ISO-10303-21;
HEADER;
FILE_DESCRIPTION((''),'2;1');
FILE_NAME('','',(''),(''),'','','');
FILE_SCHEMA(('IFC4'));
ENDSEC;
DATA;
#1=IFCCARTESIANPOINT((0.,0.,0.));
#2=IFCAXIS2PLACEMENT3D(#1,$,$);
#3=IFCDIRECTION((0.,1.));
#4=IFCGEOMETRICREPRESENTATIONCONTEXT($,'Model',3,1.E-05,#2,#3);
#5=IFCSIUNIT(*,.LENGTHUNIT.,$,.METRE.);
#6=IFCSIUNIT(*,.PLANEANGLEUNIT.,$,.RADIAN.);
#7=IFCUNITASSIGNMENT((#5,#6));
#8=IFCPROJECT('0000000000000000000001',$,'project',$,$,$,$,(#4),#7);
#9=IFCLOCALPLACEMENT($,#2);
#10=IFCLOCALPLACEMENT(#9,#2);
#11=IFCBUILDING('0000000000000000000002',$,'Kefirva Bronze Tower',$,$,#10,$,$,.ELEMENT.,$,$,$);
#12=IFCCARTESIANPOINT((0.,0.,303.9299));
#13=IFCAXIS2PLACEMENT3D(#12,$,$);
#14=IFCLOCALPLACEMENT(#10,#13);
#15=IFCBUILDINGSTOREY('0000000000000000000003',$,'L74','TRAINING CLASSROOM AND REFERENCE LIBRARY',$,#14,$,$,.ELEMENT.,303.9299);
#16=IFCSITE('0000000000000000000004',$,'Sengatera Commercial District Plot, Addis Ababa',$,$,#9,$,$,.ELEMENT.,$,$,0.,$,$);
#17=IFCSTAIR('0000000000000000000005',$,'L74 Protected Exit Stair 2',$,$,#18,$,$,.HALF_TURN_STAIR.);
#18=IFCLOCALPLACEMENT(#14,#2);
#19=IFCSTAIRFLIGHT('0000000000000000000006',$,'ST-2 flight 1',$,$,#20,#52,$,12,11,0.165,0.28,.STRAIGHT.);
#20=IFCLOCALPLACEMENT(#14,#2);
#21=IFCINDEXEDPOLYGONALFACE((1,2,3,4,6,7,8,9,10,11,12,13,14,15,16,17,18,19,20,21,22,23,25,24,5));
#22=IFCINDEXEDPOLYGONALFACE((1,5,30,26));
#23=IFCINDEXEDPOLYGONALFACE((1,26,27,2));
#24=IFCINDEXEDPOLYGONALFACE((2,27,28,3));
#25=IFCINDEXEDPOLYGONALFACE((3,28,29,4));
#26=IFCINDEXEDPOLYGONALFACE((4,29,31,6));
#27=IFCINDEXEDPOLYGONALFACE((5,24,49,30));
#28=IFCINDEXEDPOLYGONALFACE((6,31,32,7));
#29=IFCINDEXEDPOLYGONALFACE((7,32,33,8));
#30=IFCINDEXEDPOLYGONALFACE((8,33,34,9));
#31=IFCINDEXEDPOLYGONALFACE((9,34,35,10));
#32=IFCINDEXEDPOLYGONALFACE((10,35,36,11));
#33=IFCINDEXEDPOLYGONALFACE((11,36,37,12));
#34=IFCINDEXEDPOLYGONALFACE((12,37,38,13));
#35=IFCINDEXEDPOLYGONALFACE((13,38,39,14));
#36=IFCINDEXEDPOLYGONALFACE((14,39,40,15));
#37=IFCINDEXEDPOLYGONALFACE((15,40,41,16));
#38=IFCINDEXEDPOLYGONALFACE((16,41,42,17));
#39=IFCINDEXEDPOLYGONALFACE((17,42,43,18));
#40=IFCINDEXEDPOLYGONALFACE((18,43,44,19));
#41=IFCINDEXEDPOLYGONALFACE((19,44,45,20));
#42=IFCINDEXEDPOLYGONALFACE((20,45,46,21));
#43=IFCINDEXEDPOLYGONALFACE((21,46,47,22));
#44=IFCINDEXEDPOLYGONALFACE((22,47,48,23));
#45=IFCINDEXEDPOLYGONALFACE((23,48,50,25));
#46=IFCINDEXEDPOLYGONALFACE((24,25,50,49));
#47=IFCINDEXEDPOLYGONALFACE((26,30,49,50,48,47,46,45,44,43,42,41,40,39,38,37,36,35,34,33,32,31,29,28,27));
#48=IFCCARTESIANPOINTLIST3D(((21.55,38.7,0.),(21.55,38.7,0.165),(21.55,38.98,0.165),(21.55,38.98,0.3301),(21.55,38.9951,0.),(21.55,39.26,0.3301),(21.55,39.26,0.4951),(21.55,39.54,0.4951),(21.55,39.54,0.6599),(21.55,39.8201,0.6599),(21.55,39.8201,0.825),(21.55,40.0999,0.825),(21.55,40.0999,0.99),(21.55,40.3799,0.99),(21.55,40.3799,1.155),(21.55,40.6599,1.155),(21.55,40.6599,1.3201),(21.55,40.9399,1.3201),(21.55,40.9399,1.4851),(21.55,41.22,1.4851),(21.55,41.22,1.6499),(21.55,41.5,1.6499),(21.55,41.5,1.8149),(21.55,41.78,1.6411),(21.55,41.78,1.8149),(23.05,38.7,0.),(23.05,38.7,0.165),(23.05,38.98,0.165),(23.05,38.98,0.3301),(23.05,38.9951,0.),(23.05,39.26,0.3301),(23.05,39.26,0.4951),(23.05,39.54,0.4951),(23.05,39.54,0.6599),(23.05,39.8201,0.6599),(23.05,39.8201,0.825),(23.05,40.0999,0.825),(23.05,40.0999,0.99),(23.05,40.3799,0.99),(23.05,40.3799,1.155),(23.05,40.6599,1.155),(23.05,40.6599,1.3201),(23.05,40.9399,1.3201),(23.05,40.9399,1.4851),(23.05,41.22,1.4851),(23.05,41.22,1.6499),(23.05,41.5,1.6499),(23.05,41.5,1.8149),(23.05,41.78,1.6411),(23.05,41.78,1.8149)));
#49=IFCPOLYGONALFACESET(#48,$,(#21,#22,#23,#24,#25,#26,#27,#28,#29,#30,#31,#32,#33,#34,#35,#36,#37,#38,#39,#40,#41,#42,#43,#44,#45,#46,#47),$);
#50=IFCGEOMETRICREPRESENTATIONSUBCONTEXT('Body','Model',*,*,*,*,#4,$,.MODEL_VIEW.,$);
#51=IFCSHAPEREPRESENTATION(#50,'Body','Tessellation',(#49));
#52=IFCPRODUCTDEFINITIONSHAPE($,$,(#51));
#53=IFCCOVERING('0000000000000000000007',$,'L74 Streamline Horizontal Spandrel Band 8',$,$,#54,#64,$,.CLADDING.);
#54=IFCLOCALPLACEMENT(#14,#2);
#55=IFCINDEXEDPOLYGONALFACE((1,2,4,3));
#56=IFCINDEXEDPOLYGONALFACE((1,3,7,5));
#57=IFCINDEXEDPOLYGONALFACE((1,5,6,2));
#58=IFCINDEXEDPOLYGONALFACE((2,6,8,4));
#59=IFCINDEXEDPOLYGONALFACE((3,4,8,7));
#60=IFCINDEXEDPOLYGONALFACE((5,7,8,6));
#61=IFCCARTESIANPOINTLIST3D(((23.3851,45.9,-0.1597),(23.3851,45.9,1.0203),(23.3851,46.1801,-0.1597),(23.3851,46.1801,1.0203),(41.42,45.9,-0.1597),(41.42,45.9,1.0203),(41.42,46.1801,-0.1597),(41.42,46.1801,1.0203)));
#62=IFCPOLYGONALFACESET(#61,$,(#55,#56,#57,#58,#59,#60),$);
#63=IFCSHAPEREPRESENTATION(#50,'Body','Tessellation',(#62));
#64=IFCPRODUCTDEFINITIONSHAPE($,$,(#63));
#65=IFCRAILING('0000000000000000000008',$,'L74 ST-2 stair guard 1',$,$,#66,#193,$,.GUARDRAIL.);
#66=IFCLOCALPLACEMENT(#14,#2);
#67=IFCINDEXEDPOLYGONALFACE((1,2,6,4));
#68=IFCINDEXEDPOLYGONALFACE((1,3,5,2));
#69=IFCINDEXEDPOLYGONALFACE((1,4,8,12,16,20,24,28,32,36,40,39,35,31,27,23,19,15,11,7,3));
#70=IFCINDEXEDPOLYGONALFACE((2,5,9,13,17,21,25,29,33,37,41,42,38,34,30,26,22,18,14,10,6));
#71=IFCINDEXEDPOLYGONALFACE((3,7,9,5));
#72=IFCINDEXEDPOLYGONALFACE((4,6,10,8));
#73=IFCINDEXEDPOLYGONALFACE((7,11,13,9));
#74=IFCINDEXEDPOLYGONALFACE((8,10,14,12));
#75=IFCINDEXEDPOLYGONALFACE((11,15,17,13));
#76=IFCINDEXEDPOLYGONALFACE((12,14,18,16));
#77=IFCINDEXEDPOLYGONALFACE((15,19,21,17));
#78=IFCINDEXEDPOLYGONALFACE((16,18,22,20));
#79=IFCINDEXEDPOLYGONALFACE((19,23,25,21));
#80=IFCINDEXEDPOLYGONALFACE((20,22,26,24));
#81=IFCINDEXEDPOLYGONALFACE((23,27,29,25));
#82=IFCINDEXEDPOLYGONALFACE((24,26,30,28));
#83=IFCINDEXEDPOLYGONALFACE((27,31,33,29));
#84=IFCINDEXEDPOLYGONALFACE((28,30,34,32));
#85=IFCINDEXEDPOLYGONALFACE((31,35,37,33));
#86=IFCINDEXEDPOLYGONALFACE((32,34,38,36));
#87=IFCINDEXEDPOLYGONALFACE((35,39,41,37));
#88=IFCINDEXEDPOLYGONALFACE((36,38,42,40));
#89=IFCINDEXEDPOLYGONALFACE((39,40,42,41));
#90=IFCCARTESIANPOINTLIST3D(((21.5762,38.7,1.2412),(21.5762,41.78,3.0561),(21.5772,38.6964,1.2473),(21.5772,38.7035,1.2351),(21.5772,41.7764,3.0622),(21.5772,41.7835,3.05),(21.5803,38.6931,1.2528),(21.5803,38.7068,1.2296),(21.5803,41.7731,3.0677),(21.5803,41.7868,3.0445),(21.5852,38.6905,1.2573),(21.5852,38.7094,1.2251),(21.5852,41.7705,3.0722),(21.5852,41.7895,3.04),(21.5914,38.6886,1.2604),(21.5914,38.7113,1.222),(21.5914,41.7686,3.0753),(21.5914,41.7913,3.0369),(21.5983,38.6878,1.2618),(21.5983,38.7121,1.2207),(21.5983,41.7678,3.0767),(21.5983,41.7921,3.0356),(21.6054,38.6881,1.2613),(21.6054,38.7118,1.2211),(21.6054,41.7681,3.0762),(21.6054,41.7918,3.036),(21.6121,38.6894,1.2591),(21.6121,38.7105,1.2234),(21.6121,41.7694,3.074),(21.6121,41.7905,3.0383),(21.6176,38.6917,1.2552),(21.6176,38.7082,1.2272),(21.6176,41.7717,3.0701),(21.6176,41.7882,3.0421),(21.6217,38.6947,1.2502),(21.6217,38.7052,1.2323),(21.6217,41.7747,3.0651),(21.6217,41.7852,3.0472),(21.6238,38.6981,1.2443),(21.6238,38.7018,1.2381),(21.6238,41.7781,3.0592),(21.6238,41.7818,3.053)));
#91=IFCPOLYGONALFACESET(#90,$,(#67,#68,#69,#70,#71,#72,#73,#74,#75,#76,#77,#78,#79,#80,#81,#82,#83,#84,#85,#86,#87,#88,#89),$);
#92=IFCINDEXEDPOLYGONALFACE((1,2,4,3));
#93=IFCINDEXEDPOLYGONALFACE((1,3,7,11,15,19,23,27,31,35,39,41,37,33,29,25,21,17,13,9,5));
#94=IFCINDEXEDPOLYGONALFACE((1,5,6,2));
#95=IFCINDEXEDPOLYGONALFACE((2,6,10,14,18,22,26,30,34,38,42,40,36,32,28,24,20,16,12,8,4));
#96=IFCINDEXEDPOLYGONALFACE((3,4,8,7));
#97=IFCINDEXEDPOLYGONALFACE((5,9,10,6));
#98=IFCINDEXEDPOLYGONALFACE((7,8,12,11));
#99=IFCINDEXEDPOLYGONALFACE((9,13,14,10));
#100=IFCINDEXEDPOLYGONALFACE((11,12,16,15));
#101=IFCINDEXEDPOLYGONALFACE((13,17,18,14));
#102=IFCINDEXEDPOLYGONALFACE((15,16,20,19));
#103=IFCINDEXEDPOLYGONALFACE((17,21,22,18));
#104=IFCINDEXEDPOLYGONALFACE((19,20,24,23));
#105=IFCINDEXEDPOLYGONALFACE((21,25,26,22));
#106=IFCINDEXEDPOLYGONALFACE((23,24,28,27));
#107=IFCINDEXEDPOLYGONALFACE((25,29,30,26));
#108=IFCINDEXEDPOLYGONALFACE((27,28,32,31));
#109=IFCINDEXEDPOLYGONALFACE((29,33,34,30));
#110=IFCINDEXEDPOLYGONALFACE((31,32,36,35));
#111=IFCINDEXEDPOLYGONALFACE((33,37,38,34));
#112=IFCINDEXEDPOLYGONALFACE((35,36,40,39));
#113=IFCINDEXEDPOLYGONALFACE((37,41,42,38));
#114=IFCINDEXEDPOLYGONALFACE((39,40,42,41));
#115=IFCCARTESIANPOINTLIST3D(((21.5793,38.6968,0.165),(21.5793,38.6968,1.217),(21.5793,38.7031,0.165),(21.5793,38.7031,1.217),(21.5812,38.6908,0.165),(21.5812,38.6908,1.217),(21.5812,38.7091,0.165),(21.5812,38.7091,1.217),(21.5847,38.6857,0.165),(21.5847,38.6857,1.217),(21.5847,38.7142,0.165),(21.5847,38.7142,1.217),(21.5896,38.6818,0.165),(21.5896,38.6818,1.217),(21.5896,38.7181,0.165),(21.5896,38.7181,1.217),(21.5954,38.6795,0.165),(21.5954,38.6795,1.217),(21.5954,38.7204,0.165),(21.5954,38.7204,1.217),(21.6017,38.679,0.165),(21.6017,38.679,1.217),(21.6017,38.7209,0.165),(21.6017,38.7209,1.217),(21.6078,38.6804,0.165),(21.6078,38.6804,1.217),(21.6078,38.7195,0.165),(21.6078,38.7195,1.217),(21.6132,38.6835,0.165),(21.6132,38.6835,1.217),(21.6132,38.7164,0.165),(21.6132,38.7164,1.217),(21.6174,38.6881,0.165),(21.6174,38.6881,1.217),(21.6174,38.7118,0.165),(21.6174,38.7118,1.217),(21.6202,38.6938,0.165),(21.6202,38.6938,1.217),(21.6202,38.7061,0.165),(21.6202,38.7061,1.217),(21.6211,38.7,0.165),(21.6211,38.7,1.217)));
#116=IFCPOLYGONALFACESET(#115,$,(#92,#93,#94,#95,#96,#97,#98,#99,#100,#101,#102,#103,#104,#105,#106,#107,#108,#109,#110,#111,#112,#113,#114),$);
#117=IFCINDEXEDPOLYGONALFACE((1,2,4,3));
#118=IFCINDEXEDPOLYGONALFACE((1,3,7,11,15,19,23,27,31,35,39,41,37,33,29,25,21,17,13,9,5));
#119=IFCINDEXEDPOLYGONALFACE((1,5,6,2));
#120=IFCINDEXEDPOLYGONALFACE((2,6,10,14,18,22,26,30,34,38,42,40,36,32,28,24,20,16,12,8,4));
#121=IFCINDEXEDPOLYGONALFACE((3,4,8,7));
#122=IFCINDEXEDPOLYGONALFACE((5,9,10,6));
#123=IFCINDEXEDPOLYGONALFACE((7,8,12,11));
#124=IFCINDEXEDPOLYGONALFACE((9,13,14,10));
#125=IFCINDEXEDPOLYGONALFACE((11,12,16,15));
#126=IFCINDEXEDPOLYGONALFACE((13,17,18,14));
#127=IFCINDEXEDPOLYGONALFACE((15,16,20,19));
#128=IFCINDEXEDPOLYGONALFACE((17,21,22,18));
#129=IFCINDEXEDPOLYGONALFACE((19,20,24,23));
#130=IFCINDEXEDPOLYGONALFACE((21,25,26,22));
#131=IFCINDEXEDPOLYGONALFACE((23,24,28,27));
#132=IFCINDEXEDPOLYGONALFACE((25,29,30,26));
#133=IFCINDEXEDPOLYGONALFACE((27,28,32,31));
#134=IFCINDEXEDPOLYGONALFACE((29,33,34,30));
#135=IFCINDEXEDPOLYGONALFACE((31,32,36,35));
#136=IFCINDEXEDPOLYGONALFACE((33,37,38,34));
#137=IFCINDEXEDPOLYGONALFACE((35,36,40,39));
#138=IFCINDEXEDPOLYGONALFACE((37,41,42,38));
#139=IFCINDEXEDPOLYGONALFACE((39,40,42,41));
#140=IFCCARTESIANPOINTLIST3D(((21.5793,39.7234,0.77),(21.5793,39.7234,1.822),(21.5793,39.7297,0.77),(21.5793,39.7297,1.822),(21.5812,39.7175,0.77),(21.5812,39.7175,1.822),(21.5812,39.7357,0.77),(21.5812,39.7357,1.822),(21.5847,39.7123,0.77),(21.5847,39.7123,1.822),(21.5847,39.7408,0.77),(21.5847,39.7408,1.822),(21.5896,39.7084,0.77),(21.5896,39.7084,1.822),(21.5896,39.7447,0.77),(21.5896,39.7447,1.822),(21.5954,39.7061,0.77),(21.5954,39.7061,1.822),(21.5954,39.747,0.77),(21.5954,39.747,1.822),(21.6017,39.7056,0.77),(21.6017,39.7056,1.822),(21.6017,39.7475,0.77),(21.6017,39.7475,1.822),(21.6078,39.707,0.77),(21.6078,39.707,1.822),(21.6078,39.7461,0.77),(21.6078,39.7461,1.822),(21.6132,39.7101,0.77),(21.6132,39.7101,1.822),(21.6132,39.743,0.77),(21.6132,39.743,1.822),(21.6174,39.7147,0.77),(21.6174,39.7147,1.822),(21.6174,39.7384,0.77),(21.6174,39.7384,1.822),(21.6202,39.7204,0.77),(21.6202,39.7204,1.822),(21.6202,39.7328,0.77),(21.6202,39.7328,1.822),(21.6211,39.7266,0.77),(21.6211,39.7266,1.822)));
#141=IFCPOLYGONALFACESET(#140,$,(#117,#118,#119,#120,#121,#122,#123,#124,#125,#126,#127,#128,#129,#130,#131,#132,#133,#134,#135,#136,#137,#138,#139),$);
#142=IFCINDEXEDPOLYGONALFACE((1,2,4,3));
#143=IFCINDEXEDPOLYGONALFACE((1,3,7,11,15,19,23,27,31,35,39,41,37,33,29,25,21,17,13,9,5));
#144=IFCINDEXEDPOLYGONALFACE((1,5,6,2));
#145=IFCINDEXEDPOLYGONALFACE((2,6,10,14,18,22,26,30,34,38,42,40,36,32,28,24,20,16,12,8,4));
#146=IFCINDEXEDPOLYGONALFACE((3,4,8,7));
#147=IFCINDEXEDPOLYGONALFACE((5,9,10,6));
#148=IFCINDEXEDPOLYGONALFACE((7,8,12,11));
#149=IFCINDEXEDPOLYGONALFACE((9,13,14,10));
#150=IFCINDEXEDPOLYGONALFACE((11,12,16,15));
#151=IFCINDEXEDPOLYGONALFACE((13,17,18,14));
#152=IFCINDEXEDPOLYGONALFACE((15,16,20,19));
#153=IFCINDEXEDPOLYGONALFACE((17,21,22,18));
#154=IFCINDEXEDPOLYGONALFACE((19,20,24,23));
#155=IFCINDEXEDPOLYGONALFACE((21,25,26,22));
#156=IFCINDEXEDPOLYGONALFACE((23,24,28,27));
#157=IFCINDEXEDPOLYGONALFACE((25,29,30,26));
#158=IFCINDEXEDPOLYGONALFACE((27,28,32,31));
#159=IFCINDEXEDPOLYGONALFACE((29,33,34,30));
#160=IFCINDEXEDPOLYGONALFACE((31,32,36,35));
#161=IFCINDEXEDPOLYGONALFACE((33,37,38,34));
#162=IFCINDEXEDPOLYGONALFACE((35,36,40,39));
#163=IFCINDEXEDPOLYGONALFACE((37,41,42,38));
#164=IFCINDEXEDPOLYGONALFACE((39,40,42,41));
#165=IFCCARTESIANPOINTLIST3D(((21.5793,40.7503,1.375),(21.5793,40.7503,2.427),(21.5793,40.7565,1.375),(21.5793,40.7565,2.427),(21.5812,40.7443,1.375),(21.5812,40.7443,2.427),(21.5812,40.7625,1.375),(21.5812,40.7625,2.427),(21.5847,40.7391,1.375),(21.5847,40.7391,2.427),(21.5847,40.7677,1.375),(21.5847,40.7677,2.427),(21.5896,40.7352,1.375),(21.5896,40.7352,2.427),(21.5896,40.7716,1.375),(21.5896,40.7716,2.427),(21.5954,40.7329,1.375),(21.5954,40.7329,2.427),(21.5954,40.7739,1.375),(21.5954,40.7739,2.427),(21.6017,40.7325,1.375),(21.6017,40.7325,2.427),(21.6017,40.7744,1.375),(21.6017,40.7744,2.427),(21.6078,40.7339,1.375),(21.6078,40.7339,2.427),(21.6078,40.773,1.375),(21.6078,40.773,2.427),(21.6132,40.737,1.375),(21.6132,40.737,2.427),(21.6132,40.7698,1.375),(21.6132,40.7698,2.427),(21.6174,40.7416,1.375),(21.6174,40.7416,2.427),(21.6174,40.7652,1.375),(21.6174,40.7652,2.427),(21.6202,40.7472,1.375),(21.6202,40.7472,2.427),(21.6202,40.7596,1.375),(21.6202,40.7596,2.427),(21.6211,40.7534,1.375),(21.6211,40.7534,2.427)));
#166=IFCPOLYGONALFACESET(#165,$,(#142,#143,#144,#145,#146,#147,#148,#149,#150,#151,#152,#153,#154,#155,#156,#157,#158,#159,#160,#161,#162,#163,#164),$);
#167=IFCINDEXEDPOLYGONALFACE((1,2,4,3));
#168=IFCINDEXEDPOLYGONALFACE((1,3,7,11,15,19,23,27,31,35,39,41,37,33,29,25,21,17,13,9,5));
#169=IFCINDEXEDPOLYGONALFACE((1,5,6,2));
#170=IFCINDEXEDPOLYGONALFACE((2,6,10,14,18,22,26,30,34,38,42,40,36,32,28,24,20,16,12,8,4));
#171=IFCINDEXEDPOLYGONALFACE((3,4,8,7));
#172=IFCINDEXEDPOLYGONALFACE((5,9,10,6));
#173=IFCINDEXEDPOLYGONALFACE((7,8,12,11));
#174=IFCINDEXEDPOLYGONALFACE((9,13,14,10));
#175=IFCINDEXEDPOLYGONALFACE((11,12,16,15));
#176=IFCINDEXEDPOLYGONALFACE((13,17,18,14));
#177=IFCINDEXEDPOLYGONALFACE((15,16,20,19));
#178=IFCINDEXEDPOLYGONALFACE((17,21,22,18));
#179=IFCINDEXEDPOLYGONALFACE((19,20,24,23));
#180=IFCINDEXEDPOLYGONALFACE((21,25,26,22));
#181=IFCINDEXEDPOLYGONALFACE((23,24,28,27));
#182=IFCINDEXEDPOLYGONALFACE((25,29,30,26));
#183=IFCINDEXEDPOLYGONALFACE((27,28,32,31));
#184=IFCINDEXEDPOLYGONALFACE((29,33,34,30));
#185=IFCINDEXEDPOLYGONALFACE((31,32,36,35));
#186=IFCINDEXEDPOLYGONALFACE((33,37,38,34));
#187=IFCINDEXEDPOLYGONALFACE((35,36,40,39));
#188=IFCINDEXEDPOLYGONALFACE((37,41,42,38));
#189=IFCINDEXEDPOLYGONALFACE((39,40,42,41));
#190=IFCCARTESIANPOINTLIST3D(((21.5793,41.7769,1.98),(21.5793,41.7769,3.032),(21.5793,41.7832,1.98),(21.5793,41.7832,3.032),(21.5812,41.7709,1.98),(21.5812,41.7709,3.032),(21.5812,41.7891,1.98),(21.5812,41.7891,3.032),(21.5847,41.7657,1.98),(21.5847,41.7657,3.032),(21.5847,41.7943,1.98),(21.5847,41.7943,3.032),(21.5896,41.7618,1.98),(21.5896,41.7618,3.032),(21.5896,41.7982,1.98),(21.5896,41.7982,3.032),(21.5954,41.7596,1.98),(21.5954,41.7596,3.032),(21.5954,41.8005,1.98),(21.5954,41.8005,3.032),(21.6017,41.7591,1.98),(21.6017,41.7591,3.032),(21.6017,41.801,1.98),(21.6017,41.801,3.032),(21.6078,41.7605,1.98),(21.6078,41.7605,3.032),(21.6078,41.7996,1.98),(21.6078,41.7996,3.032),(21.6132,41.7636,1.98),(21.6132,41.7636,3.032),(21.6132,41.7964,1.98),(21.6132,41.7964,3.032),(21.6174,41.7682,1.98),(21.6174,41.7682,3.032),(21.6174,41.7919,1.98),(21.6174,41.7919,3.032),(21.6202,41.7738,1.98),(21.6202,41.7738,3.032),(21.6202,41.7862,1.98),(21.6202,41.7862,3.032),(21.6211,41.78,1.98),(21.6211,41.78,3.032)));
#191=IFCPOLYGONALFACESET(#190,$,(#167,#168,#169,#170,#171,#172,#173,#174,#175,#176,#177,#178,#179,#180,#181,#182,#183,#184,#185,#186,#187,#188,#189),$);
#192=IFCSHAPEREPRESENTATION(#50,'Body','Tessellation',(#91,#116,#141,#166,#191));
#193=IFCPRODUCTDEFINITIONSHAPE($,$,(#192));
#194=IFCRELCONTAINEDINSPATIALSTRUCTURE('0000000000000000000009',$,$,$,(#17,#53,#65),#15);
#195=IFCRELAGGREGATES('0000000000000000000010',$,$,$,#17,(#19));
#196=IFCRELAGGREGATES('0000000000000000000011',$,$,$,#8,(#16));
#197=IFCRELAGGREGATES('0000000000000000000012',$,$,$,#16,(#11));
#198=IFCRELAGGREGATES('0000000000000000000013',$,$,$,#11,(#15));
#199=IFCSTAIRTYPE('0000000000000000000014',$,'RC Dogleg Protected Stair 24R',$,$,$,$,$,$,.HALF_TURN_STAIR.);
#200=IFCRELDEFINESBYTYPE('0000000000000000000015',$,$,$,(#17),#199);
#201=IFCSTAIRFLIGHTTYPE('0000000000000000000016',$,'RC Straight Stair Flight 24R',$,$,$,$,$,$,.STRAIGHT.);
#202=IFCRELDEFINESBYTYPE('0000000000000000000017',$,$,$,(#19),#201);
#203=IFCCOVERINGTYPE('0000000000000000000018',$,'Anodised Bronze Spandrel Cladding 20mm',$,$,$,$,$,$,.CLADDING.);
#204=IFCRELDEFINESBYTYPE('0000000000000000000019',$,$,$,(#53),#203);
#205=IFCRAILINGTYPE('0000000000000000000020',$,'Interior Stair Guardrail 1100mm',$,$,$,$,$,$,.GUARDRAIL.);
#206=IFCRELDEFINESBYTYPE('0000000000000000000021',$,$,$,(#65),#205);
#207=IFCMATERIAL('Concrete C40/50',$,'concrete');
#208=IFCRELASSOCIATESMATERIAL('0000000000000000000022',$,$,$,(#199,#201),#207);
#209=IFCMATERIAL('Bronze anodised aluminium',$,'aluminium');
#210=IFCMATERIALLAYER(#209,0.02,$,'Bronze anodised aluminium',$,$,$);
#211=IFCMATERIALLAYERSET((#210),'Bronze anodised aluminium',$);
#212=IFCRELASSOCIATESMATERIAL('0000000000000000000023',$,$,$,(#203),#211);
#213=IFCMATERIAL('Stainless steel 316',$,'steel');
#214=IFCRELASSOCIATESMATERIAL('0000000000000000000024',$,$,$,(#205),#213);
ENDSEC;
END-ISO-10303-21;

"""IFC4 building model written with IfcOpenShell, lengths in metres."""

from ifc_helpers import new_model, si_unit, direction, frame, origin, origin_2d, place, context, subcontext, project, spatial, polyline, rectangle, circle, outline, extrude, material, layer, layer_set, type_object, element, aggregate, save


model = new_model("IFC4")

# Units and contexts
model_context = context("Model", 3, precision=1e-05, world=origin(), true_north=direction((0.0, 1.0)))
body_context = subcontext(model_context, "Body", "Model", "MODEL_VIEW")
ifc_project = project(units=[si_unit("LENGTHUNIT", "METRE"), si_unit("PLANEANGLEUNIT", "RADIAN")], contexts=[model_context])

# Site, building, storey
site_placement = place(None, origin())
site = spatial("IfcSite", under=ifc_project, at=site_placement, Name="Sengatera Commercial District Plot, Addis Ababa", CompositionType="ELEMENT", RefElevation=0.0)
building_placement = place(site_placement, origin())
building = spatial("IfcBuilding", under=site, at=building_placement, Name="Kefirva Bronze Tower", CompositionType="ELEMENT")
storey_placement = place(building_placement, frame((0.0, 0.0, 303.9299)))
storey = spatial("IfcBuildingStorey", under=building, at=storey_placement, Name="L74", Description="TRAINING CLASSROOM AND REFERENCE LIBRARY", CompositionType="ELEMENT", Elevation=303.9299)

# Shared definitions
ifc_material_1 = material(Name="Bronze anodised aluminium", Category="aluminium")

# Stair, stair flight
ifc_material_2 = material(Name="Concrete C40/50", Category="concrete")
stair_type = type_object("IfcStairType", Name="RC Dogleg Protected Stair 24R", PredefinedType="HALF_TURN_STAIR", material=ifc_material_2)
stair_placement = place(storey_placement, origin())
stair = element("IfcStair", 1, at=stair_placement, inside=storey, type_object=stair_type, Name="L74 Protected Exit Stair 2", PredefinedType="HALF_TURN_STAIR")
stair_flight_type = type_object("IfcStairFlightType", Name="RC Straight Stair Flight 24R", PredefinedType="STRAIGHT", material=ifc_material_2)
stair_flight_placement = place(storey_placement, frame((22.3, 38.7, 0.0), z_axis=(0.0, 0.0, 1.0), x_axis=(0.0, 1.0, 0.0)))
stair_flight = element("IfcStairFlight", 2, at=stair_flight_placement, type_object=stair_flight_type, Name="ST-2 flight 1", NumberOfRisers=12, NumberOfTreads=11, PredefinedType="STRAIGHT", RiserHeight=0.165, TreadLength=0.28, context=body_context, shape_type="SweptSolid", body=[
    extrude(outline(polyline([(0.0, 0.0), (0.0, 0.165), (0.28, 0.165), (0.28, 0.3301), (0.5601, 0.3301), (0.5601, 0.4951), (0.8401, 0.4951), (0.8401, 0.6599), (1.1201, 0.6599), (1.1201, 0.825), (1.3999, 0.825), (1.3999, 0.99), (1.6799, 0.99), (1.6799, 1.155), (1.96, 1.155), (1.96, 1.3201), (2.24, 1.3201), (2.24, 1.4851), (2.52, 1.4851), (2.52, 1.6499), (2.8, 1.6499), (2.8, 1.8149), (3.0801, 1.8149), (3.0801, 1.98), (3.0801, 1.6411), (0.2952, 0.0), (0.0, 0.0)])), frame((0.0, 0.75, 0.0), z_axis=(0.0, -1.0, 0.0), x_axis=(1.0, 0.0, 0.0)), (0.0, 0.0, 1.0), 1.5),
])
aggregate(stair, [stair_flight])

# Covering
ifc_layer_1 = layer(ifc_material_1, 0.02, Name="Bronze anodised aluminium")
ifc_layer_set_1 = layer_set([ifc_layer_1], Name="Bronze anodised aluminium")
covering_type_1 = type_object("IfcCoveringType", Name="Anodised Bronze Spandrel Cladding 20mm", PredefinedType="CLADDING", material=ifc_layer_set_1)
covering_1_placement = place(storey_placement, frame((32.4026, 46.04, -0.1597), z_axis=(0.0, 0.0, 1.0), x_axis=(-1.0, 0.0, 0.0)))
element("IfcCovering", 3, at=covering_1_placement, inside=storey, type_object=covering_type_1, Name="L74 Streamline Horizontal Spandrel Band 8", PredefinedType="CLADDING", context=body_context, shape_type="SweptSolid", body=[
    extrude(rectangle(XDim=18.0349, YDim=0.28, at=origin_2d()), origin(), (0.0, 0.0, 1.0), 1.1799),
])

# Railing
ifc_material_3 = material(Name="Stainless steel 316", Category="steel")
railing_type_1 = type_object("IfcRailingType", Name="Interior Stair Guardrail 1100mm", PredefinedType="GUARDRAIL", material=ifc_material_3)
railing_1_placement = place(storey_placement, frame((21.6001, 38.7, 0.165)))
element("IfcRailing", 4, at=railing_1_placement, inside=storey, type_object=railing_type_1, Name="L74 ST-2 stair guard 1", PredefinedType="GUARDRAIL", context=body_context, shape_type="SweptSolid", body=[
    extrude(circle(Radius=0.0239, at=origin_2d()), frame((0.0, 0.0, 1.0762), z_axis=(0.0, 0.861551, 0.507671), x_axis=(-1.0, 0.0, 0.0)), (0.0, 0.0, 1.0), 3.575),
    extrude(circle(Radius=0.021, at=origin_2d()), origin(), (0.0, 0.0, 1.0), 1.052),
    extrude(circle(Radius=0.021, at=origin_2d()), frame((0.0, 1.0266, 0.605)), (0.0, 0.0, 1.0), 1.052),
    extrude(circle(Radius=0.021, at=origin_2d()), frame((0.0, 2.0535, 1.21)), (0.0, 0.0, 1.0), 1.052),
    extrude(circle(Radius=0.021, at=origin_2d()), frame((0.0, 3.0801, 1.8149)), (0.0, 0.0, 1.0), 1.052),
])

save(model, "model.ifc")
